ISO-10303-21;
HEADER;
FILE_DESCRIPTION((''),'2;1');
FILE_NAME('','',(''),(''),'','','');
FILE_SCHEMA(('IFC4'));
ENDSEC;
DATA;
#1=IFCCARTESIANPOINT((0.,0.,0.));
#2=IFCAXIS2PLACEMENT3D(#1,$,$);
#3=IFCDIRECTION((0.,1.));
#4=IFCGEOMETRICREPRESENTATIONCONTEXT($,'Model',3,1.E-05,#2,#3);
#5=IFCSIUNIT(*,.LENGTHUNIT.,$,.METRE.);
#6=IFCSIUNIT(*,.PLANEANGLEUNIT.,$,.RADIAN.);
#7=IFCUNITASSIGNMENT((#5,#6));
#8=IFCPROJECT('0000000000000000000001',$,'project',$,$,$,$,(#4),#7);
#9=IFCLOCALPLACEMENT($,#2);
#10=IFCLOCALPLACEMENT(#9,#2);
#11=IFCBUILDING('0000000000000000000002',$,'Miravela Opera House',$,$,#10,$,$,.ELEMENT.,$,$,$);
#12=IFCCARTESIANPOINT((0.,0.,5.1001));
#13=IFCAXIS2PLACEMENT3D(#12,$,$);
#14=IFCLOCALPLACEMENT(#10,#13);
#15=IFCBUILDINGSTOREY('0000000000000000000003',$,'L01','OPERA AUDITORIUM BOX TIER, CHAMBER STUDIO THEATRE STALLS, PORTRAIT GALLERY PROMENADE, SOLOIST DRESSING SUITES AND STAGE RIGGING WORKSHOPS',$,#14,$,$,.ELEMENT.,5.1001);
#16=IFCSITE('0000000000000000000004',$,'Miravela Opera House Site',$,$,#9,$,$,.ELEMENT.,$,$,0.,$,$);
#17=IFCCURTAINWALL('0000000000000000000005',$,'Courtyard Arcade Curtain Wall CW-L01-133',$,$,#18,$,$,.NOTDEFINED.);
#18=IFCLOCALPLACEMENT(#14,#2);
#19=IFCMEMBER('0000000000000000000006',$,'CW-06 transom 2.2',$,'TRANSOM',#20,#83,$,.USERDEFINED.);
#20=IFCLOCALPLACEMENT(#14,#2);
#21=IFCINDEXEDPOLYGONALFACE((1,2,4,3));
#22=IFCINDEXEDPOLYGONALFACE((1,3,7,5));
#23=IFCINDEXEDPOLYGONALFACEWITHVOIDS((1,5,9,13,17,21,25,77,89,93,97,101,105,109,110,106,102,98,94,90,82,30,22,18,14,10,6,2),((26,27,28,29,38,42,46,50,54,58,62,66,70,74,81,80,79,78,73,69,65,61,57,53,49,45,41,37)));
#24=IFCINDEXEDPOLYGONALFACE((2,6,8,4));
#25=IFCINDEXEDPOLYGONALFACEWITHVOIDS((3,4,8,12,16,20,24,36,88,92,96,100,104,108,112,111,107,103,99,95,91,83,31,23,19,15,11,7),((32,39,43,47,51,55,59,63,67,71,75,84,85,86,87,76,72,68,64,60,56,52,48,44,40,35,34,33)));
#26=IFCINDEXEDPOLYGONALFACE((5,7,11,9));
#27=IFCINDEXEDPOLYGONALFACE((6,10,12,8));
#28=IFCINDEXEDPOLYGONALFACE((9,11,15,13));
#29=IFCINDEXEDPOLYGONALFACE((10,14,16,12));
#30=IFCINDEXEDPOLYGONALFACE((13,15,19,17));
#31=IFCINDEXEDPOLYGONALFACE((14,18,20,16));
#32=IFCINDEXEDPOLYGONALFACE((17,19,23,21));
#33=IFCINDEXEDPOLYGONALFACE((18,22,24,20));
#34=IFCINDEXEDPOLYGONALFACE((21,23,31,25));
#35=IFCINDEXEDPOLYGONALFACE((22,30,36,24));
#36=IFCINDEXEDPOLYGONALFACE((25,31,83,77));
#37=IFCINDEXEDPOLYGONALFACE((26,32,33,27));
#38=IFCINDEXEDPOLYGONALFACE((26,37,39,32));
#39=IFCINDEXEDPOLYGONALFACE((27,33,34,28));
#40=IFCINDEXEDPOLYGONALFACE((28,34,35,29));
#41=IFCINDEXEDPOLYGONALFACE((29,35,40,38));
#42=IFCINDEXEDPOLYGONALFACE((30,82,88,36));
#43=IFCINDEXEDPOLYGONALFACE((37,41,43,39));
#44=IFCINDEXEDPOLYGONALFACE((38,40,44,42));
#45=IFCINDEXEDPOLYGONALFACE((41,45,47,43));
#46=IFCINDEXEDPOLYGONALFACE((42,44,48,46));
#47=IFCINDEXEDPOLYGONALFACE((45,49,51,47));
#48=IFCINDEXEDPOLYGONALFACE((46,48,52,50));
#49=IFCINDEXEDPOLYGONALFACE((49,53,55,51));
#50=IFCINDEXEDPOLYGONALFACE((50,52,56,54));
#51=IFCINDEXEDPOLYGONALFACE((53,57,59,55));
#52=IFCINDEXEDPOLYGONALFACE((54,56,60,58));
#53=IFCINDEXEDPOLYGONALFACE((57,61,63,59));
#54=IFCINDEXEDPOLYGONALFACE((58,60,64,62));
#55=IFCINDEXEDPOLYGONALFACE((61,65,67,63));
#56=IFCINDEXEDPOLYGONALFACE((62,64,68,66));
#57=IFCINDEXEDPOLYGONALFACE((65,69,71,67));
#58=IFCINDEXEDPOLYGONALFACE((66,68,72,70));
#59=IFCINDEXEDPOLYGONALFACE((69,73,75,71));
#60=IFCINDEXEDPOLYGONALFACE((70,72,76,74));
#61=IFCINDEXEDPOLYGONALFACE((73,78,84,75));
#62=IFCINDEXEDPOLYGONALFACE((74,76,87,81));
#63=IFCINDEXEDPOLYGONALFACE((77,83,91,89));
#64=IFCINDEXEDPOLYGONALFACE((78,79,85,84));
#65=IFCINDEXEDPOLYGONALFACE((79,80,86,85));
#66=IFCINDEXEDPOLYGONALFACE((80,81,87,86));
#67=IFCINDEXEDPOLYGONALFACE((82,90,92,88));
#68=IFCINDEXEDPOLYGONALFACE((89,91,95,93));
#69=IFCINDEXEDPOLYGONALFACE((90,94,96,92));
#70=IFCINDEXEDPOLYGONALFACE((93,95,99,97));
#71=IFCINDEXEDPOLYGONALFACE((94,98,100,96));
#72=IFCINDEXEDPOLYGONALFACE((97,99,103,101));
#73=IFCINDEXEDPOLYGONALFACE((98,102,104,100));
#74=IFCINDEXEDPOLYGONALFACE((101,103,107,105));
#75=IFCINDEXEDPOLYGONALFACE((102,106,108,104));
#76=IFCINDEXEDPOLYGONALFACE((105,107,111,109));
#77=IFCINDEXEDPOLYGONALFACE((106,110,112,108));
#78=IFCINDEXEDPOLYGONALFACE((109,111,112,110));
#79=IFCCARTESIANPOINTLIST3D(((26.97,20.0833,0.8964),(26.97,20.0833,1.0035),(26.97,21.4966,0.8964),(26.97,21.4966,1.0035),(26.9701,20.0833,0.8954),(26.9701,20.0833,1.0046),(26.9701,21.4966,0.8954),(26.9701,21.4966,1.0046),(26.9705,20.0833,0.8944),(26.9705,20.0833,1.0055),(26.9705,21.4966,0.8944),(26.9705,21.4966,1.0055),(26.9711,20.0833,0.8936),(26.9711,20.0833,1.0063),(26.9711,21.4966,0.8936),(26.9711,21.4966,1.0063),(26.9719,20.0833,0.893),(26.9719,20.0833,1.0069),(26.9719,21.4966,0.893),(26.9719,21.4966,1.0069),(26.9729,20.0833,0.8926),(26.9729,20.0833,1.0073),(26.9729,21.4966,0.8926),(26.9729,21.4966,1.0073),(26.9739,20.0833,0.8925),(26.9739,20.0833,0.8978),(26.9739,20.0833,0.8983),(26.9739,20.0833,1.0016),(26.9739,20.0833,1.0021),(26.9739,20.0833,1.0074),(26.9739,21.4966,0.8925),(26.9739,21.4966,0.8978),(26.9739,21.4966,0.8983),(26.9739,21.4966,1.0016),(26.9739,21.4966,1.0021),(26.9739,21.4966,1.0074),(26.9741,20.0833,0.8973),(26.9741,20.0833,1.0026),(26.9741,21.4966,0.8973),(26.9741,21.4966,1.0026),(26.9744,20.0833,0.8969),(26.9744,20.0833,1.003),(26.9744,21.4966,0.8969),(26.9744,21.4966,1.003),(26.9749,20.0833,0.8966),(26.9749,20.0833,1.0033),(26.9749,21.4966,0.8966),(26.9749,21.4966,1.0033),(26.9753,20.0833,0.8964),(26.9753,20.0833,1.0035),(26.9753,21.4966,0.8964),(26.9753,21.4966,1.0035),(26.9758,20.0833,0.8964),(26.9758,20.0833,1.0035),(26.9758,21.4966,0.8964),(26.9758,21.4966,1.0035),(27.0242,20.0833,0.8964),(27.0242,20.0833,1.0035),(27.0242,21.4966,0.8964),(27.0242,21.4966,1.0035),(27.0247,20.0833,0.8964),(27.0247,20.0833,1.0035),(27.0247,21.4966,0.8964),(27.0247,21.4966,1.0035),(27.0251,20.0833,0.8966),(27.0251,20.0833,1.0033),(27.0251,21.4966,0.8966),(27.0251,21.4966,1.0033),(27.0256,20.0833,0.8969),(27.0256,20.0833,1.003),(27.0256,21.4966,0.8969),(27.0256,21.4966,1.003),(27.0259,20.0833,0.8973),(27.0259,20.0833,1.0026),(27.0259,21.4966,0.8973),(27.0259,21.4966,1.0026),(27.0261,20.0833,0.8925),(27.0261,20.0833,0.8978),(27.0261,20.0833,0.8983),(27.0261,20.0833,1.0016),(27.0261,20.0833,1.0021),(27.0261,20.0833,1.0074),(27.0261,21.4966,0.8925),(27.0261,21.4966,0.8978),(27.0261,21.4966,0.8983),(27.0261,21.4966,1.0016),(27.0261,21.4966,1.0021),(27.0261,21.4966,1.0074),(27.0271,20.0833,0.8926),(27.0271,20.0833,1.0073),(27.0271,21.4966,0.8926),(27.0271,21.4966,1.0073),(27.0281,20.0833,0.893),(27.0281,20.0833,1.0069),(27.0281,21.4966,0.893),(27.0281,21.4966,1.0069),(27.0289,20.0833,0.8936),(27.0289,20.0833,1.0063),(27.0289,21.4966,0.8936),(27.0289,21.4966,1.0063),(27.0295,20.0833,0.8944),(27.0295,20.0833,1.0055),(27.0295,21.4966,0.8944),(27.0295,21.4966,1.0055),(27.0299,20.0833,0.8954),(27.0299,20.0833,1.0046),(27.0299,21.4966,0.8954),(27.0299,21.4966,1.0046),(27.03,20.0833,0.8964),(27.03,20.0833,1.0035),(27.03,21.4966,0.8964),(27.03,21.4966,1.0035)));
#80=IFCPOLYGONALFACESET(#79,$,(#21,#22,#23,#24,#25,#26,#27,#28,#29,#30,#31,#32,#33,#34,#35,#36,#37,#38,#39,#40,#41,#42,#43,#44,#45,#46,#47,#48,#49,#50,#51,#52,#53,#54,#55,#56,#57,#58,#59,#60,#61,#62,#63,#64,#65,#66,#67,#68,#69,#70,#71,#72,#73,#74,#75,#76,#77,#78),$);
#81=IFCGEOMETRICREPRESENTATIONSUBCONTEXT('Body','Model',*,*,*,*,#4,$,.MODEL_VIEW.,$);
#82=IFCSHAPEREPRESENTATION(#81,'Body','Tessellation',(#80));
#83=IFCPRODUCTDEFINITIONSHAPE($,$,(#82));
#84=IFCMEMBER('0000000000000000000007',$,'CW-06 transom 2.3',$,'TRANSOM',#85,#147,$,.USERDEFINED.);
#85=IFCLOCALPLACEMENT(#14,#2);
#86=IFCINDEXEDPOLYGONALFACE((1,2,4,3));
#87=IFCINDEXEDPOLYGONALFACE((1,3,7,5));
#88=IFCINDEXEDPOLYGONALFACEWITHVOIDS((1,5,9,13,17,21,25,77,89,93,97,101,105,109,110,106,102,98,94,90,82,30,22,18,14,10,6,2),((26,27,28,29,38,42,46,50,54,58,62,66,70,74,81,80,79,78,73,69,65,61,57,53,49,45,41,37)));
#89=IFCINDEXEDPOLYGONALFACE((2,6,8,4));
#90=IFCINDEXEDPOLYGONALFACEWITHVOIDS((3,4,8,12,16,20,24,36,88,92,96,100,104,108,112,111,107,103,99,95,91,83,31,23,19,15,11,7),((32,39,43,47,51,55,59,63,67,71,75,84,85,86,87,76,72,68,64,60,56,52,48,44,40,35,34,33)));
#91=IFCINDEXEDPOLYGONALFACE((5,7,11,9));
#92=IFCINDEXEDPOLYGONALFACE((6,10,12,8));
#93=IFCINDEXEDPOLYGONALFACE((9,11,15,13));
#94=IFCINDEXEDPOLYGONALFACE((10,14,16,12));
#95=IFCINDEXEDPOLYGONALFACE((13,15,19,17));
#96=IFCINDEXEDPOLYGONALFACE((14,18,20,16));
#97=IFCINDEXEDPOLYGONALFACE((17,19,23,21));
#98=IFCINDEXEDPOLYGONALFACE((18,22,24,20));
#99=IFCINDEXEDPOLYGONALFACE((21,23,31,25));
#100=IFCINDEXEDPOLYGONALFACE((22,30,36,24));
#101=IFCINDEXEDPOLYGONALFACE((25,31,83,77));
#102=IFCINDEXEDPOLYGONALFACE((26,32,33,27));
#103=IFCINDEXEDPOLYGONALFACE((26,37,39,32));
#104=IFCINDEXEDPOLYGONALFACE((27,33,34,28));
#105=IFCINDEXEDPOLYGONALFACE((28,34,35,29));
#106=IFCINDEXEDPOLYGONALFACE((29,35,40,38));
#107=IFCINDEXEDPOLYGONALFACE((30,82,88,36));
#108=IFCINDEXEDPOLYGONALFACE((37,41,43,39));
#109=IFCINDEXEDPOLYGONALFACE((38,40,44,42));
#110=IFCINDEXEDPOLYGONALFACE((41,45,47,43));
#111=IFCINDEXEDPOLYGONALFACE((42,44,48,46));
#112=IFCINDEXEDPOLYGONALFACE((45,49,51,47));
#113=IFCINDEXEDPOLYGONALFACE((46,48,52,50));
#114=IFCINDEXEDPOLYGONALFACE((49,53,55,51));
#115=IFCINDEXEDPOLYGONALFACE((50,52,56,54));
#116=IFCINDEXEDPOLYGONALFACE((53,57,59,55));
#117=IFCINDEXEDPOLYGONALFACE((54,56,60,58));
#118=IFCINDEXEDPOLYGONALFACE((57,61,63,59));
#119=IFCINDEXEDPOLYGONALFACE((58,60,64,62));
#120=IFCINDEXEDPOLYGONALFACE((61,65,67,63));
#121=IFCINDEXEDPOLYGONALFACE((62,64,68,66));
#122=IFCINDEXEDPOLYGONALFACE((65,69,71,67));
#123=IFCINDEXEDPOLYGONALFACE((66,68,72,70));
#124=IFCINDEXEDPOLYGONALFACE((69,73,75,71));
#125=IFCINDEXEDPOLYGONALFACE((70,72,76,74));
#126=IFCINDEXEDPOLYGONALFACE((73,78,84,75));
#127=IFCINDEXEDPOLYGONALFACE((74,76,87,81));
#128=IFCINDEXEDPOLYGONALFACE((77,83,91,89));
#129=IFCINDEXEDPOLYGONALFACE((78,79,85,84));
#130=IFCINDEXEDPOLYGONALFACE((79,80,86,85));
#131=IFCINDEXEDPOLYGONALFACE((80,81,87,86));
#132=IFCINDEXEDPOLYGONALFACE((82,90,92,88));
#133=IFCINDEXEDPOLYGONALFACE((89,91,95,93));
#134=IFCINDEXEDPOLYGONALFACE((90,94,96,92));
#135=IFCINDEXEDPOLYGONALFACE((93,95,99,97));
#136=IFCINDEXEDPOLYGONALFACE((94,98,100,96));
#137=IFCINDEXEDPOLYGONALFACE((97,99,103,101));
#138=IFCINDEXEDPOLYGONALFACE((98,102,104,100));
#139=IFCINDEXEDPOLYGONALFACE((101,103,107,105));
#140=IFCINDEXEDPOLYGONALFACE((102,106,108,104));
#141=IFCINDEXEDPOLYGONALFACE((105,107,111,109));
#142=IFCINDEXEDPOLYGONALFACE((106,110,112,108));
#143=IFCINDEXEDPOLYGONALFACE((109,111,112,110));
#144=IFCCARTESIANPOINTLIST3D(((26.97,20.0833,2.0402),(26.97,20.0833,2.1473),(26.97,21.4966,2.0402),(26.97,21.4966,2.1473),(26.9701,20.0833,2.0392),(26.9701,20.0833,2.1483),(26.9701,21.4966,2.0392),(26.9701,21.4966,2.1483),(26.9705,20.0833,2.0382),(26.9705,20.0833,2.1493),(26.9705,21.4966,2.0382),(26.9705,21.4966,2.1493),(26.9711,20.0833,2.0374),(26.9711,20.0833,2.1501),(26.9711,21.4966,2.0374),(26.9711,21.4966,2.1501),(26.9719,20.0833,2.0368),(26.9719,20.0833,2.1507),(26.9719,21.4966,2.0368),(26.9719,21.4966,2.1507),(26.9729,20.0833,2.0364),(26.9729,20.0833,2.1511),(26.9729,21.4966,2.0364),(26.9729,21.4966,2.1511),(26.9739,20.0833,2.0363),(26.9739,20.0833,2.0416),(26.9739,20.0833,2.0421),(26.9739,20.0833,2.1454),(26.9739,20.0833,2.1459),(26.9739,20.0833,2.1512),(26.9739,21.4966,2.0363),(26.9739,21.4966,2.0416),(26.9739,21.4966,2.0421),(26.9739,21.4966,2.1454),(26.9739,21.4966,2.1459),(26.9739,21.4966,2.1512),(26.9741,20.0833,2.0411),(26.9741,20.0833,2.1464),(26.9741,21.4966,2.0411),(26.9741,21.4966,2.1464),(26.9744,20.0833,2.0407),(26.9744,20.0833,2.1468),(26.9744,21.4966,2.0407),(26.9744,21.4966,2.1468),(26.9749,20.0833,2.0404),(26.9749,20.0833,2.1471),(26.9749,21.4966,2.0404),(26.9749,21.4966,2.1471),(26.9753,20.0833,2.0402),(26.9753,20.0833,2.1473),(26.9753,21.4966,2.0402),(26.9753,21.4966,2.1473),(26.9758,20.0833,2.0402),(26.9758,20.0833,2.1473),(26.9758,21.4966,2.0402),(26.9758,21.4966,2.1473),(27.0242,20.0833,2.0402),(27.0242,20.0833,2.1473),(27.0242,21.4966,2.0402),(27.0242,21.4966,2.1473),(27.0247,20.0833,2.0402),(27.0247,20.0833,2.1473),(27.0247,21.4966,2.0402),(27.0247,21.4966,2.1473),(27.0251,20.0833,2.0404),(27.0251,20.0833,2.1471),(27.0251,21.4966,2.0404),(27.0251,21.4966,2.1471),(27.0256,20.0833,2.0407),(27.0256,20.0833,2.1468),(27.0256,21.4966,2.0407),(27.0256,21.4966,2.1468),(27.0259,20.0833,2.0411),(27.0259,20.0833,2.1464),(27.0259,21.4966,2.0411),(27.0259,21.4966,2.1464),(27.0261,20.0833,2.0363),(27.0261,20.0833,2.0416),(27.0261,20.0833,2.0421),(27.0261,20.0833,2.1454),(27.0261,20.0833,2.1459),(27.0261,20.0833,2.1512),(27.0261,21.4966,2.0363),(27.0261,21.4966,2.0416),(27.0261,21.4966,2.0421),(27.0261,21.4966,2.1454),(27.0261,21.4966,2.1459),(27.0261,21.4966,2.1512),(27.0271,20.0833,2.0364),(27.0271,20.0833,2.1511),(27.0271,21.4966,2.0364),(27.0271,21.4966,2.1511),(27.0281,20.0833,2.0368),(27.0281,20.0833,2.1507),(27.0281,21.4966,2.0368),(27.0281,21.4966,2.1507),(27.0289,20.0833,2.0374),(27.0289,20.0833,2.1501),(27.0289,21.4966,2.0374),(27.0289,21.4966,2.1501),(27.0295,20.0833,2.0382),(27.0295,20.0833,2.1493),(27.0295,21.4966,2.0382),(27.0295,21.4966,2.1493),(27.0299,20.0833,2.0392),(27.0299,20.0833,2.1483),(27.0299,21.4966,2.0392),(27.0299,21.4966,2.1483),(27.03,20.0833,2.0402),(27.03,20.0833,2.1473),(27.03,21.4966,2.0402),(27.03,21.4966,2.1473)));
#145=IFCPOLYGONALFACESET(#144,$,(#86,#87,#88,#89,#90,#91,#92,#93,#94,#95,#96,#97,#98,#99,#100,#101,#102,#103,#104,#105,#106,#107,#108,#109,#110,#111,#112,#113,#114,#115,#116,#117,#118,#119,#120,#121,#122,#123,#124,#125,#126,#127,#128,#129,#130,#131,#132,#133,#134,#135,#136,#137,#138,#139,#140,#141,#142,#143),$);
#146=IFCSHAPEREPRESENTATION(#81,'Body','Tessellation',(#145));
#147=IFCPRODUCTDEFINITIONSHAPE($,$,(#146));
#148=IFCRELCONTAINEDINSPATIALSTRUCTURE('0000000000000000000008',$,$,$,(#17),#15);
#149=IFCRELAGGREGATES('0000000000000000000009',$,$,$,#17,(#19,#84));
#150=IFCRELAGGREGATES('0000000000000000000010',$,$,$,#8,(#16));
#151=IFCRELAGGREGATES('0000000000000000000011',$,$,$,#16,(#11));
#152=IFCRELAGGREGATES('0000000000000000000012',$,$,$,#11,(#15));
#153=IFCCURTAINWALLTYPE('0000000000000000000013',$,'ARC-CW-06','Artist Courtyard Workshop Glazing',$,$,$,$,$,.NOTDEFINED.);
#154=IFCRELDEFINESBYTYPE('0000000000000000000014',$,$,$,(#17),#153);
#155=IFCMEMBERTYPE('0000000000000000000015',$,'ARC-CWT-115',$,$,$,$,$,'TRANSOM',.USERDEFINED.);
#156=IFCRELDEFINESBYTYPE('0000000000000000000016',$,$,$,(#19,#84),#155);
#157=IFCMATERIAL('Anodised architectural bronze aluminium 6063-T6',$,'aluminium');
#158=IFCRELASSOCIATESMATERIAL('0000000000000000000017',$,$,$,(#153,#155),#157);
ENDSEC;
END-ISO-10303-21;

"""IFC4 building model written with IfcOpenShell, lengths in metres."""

from ifc_helpers import new_model, si_unit, direction, frame, origin, origin_2d, place, context, subcontext, project, spatial, hollow_rectangle, extrude, material, material_profile, profile_set, type_object, element, aggregate, save


model = new_model("IFC4")

# Units and contexts
model_context = context("Model", 3, precision=1e-05, world=origin(), true_north=direction((0.0, 1.0)))
body_context = subcontext(model_context, "Body", "Model", "MODEL_VIEW")
ifc_project = project(units=[si_unit("LENGTHUNIT", "METRE"), si_unit("PLANEANGLEUNIT", "RADIAN")], contexts=[model_context])

# Site, building, storey
site_placement = place(None, origin())
site = spatial("IfcSite", under=ifc_project, at=site_placement, Name="Miravela Opera House Site", CompositionType="ELEMENT", RefElevation=0.0)
building_placement = place(site_placement, origin())
building = spatial("IfcBuilding", under=site, at=building_placement, Name="Miravela Opera House", CompositionType="ELEMENT")
storey_placement = place(building_placement, frame((0.0, 0.0, 5.1001)))
storey = spatial("IfcBuildingStorey", under=building, at=storey_placement, Name="L01", Description="OPERA AUDITORIUM BOX TIER, CHAMBER STUDIO THEATRE STALLS, PORTRAIT GALLERY PROMENADE, SOLOIST DRESSING SUITES AND STAGE RIGGING WORKSHOPS", CompositionType="ELEMENT", Elevation=5.1001)

# Shared definitions
ifc_material_1 = material(Name="Anodised architectural bronze aluminium 6063-T6", Category="aluminium")
curtain_wall_type = type_object("IfcCurtainWallType", Name="ARC-CW-06", Description="Artist Courtyard Workshop Glazing", PredefinedType="NOTDEFINED", material=ifc_material_1)

# Curtain wall
curtain_wall_1_placement = place(storey_placement, origin())
curtain_wall_1 = element("IfcCurtainWall", 1, at=curtain_wall_1_placement, inside=storey, type_object=curtain_wall_type, Name="Courtyard Arcade Curtain Wall CW-L01-133", PredefinedType="NOTDEFINED")

# Members
ifc_material_profile_1 = material_profile(ifc_material_1, hollow_rectangle(XDim=0.0601, YDim=0.115, WallThickness=0.0039, InnerFilletRadius=0.002, OuterFilletRadius=0.0039, at=origin_2d()), Name="CWT-60X115")
ifc_profile_set_1 = profile_set([ifc_material_profile_1])
member_type_1 = type_object("IfcMemberType", Name="ARC-CWT-115", ElementType="TRANSOM", PredefinedType="USERDEFINED", material=ifc_profile_set_1)
member_1_placement = place(storey_placement, frame((27.0, 20.0833, 0.95), z_axis=(0.0, 1.0, 0.0), x_axis=(-1.0, 0.0, 0.0)))
member_1 = element("IfcMember", 2, at=member_1_placement, type_object=member_type_1, Name="CW-06 transom 2.2", ObjectType="TRANSOM", PredefinedType="USERDEFINED", context=body_context, shape_type="SweptSolid", body=[
    extrude(hollow_rectangle(XDim=0.0601, YDim=0.115, WallThickness=0.0039, InnerFilletRadius=0.002, OuterFilletRadius=0.0039, at=origin_2d()), origin(), (0.0, 0.0, 1.0), 1.4133),
])
member_2_placement = place(storey_placement, frame((27.0, 20.0833, 2.0938), z_axis=(0.0, 1.0, 0.0), x_axis=(-1.0, 0.0, 0.0)))
member_2 = element("IfcMember", 3, at=member_2_placement, type_object=member_type_1, Name="CW-06 transom 2.3", ObjectType="TRANSOM", PredefinedType="USERDEFINED", context=body_context, shape_type="SweptSolid", body=[
    extrude(hollow_rectangle(XDim=0.0601, YDim=0.115, WallThickness=0.0039, InnerFilletRadius=0.002, OuterFilletRadius=0.0039, at=origin_2d()), origin(), (0.0, 0.0, 1.0), 1.4133),
])

aggregate(curtain_wall_1, [member_1, member_2])

save(model, "model.ifc")
